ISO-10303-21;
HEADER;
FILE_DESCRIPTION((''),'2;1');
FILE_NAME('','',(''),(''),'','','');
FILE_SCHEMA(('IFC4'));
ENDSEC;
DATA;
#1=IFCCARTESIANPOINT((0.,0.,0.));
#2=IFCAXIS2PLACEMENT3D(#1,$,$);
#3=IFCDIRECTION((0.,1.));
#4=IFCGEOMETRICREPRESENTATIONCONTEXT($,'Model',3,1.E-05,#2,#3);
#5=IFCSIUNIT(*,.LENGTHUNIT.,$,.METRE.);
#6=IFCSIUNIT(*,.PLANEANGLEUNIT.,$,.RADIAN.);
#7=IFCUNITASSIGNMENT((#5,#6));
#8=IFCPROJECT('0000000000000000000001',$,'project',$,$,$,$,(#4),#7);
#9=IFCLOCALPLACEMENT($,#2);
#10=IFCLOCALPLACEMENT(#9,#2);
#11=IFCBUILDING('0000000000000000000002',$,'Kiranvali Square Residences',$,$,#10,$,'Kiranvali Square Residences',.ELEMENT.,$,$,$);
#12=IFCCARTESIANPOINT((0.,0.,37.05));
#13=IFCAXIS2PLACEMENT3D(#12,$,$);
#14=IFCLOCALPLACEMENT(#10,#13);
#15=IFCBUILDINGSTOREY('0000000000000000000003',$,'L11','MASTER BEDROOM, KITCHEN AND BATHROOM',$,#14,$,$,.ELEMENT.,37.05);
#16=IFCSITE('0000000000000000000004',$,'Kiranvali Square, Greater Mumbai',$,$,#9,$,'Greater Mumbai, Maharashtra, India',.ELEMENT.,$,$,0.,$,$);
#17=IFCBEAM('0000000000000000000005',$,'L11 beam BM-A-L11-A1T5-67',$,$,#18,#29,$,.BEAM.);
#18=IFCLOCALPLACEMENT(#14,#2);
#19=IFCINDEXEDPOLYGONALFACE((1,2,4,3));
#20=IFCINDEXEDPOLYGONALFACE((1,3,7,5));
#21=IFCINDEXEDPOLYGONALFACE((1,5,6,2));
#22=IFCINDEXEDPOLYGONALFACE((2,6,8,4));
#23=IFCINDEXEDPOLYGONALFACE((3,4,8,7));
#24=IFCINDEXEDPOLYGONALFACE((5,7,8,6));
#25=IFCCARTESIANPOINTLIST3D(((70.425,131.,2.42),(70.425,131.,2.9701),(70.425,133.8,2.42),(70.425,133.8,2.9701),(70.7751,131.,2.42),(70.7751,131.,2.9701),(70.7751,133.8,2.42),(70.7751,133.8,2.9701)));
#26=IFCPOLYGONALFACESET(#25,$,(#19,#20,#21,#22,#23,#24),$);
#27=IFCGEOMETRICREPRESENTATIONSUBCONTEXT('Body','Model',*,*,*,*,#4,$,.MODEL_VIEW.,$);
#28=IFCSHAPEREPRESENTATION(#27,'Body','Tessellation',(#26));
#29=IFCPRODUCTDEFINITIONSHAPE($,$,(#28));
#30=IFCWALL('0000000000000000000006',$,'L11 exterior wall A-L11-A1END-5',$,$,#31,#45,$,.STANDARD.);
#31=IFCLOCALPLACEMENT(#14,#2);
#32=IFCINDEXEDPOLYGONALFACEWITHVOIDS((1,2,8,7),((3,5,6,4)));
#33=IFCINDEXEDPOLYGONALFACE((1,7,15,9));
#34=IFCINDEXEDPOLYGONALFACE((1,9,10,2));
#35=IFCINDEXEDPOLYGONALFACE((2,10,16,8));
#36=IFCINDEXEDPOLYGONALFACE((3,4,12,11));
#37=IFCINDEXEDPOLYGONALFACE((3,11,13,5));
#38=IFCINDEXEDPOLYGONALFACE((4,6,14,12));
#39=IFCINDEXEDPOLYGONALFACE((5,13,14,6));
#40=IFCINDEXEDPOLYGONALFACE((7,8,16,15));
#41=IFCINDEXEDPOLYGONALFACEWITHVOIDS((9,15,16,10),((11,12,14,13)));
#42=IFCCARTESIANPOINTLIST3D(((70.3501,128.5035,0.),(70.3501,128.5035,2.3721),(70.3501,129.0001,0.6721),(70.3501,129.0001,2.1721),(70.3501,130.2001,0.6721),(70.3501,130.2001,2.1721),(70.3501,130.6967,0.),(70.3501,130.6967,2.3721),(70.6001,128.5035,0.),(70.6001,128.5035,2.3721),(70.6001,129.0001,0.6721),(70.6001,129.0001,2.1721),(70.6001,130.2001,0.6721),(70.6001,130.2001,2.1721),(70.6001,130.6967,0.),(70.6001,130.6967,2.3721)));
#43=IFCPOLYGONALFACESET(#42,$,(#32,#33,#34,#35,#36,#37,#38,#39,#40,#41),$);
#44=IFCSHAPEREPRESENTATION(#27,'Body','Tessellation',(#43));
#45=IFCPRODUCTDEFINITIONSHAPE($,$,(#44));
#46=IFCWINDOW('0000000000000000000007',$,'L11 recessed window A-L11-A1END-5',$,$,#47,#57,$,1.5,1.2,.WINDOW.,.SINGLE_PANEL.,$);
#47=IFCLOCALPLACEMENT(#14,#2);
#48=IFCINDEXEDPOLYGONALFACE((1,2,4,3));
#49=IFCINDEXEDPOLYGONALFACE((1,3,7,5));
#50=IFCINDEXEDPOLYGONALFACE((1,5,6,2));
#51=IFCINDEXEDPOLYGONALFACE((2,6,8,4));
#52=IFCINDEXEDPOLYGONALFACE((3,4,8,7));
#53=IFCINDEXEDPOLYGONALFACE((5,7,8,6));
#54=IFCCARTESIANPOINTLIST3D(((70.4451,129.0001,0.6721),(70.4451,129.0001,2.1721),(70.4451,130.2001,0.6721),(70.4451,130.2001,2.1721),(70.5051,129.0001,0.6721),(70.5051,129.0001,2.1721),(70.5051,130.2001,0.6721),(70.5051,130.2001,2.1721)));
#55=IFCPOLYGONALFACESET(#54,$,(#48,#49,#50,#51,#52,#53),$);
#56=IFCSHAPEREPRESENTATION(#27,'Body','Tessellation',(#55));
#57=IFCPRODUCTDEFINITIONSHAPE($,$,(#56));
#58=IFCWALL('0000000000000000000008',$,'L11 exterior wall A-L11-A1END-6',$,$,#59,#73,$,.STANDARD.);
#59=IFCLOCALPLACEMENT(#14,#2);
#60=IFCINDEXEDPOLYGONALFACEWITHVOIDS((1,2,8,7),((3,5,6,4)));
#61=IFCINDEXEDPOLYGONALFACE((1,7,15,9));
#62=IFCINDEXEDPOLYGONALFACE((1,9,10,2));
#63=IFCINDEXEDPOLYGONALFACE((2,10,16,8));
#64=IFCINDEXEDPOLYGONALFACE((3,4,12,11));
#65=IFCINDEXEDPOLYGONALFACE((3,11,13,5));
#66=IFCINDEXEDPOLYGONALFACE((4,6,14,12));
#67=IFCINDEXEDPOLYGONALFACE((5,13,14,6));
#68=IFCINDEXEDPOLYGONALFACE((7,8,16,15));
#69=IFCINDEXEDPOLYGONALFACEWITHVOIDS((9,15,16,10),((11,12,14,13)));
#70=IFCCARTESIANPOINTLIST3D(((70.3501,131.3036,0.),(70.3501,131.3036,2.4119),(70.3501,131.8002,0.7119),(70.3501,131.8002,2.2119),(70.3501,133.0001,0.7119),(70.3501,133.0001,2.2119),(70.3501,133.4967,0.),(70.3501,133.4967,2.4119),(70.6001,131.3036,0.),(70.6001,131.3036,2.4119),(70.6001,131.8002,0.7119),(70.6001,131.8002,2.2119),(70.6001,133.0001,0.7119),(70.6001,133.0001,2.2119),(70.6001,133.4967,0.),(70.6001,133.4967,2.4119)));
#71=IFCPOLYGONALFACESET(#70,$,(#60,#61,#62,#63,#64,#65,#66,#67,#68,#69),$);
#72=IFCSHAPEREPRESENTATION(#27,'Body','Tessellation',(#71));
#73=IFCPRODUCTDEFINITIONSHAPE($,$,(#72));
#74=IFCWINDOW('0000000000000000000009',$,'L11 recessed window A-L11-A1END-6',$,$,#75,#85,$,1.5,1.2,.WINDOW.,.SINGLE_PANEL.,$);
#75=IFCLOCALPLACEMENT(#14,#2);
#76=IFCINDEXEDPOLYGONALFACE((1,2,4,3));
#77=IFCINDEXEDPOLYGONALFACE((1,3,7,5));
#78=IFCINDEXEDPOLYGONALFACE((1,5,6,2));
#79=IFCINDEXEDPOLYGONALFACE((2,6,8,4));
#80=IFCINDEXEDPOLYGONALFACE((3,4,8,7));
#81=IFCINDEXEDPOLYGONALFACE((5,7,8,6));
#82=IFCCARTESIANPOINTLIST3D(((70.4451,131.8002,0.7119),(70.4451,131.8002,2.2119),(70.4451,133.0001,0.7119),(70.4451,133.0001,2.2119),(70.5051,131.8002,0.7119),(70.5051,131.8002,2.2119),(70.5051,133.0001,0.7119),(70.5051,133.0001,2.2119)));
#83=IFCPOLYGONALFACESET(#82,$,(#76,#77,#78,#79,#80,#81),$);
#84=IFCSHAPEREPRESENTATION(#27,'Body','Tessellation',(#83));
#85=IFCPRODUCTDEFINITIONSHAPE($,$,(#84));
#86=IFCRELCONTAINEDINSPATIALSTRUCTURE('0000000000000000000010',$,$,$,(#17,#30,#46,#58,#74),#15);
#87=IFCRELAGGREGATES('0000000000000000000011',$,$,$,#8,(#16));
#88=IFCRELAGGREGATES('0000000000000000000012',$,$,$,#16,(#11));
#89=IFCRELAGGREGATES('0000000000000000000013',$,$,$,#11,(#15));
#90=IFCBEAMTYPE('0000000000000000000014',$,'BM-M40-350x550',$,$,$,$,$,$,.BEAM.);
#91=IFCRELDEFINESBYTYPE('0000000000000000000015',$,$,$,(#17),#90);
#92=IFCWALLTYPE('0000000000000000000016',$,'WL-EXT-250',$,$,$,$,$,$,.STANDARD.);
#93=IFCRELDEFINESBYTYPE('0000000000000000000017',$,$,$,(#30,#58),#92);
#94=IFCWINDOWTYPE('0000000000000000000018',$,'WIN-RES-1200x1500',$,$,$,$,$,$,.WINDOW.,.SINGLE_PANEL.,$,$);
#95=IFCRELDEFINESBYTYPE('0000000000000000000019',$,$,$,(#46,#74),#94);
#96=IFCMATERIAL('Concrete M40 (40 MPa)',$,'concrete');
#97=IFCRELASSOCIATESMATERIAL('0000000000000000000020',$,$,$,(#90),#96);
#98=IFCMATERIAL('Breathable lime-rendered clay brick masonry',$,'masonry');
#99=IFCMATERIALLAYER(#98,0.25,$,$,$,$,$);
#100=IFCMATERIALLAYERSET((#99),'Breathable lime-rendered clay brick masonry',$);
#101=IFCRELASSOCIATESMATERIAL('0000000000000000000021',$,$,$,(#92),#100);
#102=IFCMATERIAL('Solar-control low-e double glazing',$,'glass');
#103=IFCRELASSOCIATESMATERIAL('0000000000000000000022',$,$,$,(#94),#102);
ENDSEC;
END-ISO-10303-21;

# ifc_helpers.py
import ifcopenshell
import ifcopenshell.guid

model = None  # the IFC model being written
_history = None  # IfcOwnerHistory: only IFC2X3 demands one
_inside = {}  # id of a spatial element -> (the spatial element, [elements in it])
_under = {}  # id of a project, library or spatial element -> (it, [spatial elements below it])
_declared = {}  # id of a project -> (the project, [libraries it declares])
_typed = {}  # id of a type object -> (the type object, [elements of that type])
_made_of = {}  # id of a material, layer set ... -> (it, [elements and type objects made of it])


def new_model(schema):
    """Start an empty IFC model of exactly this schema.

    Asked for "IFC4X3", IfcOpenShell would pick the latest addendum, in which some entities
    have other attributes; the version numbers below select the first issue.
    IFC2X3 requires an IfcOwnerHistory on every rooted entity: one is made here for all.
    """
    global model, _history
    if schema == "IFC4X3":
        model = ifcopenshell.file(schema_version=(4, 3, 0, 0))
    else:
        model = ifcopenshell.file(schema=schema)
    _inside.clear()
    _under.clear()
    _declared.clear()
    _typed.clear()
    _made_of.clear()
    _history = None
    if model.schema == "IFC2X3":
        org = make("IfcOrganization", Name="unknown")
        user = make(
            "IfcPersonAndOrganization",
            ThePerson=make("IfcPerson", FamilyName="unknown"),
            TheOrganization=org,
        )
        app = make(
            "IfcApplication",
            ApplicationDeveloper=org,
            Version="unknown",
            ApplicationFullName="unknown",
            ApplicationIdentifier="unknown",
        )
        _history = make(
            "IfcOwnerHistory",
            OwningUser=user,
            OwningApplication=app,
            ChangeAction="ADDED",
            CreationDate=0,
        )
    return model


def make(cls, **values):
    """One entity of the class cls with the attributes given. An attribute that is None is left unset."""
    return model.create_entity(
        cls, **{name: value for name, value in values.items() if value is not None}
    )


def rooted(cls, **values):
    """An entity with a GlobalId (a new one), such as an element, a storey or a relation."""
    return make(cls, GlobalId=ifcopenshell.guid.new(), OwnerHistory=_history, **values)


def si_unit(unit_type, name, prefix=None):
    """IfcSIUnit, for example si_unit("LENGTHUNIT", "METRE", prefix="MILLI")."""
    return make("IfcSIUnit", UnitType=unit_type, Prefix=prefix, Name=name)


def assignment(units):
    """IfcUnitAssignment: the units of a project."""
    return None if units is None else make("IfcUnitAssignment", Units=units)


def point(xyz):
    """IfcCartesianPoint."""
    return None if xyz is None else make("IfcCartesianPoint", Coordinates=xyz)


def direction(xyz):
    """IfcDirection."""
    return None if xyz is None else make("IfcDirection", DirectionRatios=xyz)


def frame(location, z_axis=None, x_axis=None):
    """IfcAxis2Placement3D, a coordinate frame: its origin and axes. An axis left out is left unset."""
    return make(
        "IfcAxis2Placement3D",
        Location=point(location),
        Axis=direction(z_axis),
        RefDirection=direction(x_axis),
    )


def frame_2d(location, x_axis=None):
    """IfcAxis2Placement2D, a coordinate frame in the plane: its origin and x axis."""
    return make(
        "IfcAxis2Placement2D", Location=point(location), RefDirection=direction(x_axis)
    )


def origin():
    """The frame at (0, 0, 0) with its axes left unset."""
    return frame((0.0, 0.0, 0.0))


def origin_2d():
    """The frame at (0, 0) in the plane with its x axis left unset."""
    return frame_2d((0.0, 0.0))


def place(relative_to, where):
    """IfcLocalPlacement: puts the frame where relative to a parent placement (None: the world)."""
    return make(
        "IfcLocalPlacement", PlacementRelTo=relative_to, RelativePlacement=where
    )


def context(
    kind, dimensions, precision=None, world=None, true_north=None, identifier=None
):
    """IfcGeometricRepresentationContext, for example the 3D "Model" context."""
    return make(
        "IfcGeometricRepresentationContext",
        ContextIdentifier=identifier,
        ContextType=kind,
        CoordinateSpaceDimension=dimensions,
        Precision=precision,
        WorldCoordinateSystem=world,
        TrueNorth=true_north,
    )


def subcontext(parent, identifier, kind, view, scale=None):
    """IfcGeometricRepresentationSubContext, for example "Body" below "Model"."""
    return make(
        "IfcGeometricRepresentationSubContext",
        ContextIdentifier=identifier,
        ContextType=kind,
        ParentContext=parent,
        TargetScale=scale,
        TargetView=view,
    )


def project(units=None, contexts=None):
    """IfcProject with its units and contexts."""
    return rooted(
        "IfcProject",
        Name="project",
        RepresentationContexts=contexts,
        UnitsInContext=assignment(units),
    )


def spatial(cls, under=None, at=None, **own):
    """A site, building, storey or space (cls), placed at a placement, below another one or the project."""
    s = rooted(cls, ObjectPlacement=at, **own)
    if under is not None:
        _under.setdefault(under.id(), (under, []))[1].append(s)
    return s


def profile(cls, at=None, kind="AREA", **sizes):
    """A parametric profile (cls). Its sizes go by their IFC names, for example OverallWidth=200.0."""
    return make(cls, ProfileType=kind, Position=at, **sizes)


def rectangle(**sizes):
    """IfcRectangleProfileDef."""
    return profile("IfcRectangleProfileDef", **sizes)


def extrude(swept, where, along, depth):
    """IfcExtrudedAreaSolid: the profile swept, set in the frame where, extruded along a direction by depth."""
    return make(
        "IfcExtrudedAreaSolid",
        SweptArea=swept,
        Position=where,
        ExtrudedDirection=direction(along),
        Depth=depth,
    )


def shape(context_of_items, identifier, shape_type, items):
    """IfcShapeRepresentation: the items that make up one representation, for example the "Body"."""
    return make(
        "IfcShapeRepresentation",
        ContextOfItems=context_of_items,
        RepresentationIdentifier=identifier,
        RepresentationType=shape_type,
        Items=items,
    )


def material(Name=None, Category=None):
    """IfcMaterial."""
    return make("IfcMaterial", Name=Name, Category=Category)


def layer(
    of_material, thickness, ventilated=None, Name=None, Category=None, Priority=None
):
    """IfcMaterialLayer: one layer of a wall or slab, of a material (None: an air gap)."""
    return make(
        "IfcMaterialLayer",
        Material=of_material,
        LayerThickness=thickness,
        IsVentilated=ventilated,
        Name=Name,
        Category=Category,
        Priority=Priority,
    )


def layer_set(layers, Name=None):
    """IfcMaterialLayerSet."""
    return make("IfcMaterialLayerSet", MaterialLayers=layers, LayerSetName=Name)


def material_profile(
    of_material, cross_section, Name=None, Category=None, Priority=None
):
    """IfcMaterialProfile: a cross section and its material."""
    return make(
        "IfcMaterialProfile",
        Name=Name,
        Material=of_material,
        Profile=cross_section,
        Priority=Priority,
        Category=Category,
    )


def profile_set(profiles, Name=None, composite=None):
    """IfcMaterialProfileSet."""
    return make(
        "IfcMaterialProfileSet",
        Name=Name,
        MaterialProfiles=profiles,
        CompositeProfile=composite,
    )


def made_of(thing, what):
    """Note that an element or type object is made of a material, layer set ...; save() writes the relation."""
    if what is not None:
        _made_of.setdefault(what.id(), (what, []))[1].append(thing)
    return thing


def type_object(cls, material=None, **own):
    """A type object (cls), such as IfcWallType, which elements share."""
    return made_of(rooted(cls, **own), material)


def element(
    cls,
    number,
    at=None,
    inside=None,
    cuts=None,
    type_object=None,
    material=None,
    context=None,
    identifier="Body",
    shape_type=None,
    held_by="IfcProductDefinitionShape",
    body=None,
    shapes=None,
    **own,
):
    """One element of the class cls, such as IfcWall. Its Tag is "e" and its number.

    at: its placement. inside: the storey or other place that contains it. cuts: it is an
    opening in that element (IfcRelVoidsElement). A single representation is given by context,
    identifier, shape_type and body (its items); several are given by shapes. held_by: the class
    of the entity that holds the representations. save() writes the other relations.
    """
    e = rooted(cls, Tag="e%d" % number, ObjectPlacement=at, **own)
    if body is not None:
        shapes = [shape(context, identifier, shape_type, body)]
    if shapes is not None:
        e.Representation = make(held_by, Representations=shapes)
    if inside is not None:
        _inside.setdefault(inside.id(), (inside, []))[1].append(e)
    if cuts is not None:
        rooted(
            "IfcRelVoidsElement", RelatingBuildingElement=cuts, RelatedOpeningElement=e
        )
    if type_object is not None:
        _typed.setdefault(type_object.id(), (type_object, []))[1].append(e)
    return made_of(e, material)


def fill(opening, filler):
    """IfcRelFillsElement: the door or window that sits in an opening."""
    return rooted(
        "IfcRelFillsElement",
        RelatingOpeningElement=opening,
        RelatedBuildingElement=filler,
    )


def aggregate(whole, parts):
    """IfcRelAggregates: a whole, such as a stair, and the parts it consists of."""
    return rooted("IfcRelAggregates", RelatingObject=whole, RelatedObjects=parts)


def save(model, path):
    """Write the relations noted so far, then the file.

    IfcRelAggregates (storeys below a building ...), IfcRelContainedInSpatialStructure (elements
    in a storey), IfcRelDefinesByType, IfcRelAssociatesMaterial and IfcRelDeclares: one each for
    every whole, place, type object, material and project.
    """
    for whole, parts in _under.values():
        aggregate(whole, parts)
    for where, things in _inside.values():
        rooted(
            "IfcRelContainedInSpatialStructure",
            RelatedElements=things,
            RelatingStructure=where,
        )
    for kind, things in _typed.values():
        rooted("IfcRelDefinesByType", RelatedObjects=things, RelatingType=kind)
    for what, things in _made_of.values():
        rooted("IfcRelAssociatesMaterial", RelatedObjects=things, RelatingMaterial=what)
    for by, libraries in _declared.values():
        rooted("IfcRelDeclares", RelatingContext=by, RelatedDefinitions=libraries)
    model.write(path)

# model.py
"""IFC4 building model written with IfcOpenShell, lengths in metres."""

from ifc_helpers import new_model, si_unit, direction, frame, frame_2d, origin, origin_2d, place, context, subcontext, project, spatial, rectangle, extrude, material, layer, layer_set, material_profile, profile_set, type_object, element, fill, save


model = new_model("IFC4")

# Units and contexts
model_context = context("Model", 3, precision=1e-05, world=origin(), true_north=direction((0.0, 1.0)))
body_context = subcontext(model_context, "Body", "Model", "MODEL_VIEW")
ifc_project = project(units=[si_unit("LENGTHUNIT", "METRE"), si_unit("PLANEANGLEUNIT", "RADIAN")], contexts=[model_context])

# Site, building, storey
site_placement = place(None, origin())
site = spatial("IfcSite", under=ifc_project, at=site_placement, Name="Kiranvali Square, Greater Mumbai", LongName="Greater Mumbai, Maharashtra, India", CompositionType="ELEMENT", RefElevation=0.0)
building_placement = place(site_placement, origin())
building = spatial("IfcBuilding", under=site, at=building_placement, Name="Kiranvali Square Residences", LongName="Kiranvali Square Residences", CompositionType="ELEMENT")
storey_placement = place(building_placement, frame((0.0, 0.0, 37.05)))
storey = spatial("IfcBuildingStorey", under=building, at=storey_placement, Name="L11", Description="MASTER BEDROOM, KITCHEN AND BATHROOM", CompositionType="ELEMENT", Elevation=37.05)

# Shared definitions
ifc_material_1 = material(Name="Concrete M40 (40 MPa)", Category="concrete")

# Beam
ifc_material_profile_1 = material_profile(ifc_material_1, rectangle(XDim=0.3501, YDim=0.55, at=origin_2d()), Name="RC 350x550")
ifc_profile_set_1 = profile_set([ifc_material_profile_1], Name="Concrete M40 (40 MPa)")
beam_type = type_object("IfcBeamType", Name="BM-M40-350x550", PredefinedType="BEAM", material=ifc_profile_set_1)
for number, where, z_axis, x_axis, name in (
    (1, (70.6001, 131.0, 2.6951), (0.0, 1.0, 0.0), (-1.0, 0.0, 0.0), "L11 beam BM-A-L11-A1T5-67"),
):
    element("IfcBeam", number, at=place(storey_placement, frame(where, z_axis=z_axis, x_axis=x_axis)), inside=storey, type_object=beam_type, Name=name, PredefinedType="BEAM", context=body_context, shape_type="SweptSolid", body=[
        extrude(rectangle(XDim=0.3501, YDim=0.55, at=origin_2d()), origin(), (0.0, 0.0, 1.0), 2.8),
    ])

# Walls, openings, windows
ifc_material_2 = material(Name="Breathable lime-rendered clay brick masonry", Category="masonry")
ifc_layer = layer(ifc_material_2, 0.25)
ifc_layer_set = layer_set([ifc_layer], Name="Breathable lime-rendered clay brick masonry")
wall_type = type_object("IfcWallType", Name="WL-EXT-250", PredefinedType="STANDARD", material=ifc_layer_set)
wall_1_placement = place(storey_placement, frame((70.4751, 128.5034, 0.0), z_axis=(0.0, 0.0, 1.0), x_axis=(0.0, 1.0, 0.0)))
wall_1 = element("IfcWall", 2, at=wall_1_placement, inside=storey, type_object=wall_type, Name="L11 exterior wall A-L11-A1END-5", PredefinedType="STANDARD", context=body_context, shape_type="SweptSolid", body=[
    extrude(rectangle(XDim=2.1931, YDim=0.25, at=frame_2d((1.0967, 0.0))), origin(), (0.0, 0.0, 1.0), 2.3721),
])
opening_1_placement = place(wall_1_placement, frame((0.4966, 0.0, 0.6721)))
opening_1 = element("IfcOpeningElement", 3, at=opening_1_placement, cuts=wall_1, PredefinedType="OPENING", context=body_context, shape_type="SweptSolid", body=[
    extrude(rectangle(XDim=1.2, YDim=1.5, at=frame_2d((0.6001, 0.75))), frame((0.0, 0.135, 0.0), z_axis=(0.0, -1.0, 0.0), x_axis=(1.0, 0.0, 0.0)), (0.0, 0.0, 1.0), 0.27),
])
ifc_material_3 = material(Name="Solar-control low-e double glazing", Category="glass")
window_type = type_object("IfcWindowType", Name="WIN-RES-1200x1500", PartitioningType="SINGLE_PANEL", PredefinedType="WINDOW", material=ifc_material_3)
window_1_placement = place(opening_1_placement, origin())
window_1 = element("IfcWindow", 4, at=window_1_placement, inside=storey, type_object=window_type, Name="L11 recessed window A-L11-A1END-5", OverallHeight=1.5, OverallWidth=1.2, PartitioningType="SINGLE_PANEL", PredefinedType="WINDOW", context=body_context, shape_type="SweptSolid", body=[
    extrude(rectangle(XDim=1.2, YDim=1.5, at=frame_2d((0.6001, 0.75))), frame((0.0, 0.03, 0.0), z_axis=(0.0, -1.0, 0.0), x_axis=(1.0, 0.0, 0.0)), (0.0, 0.0, 1.0), 0.0601),
])
fill(opening_1, window_1)
wall_2_placement = place(storey_placement, frame((70.4751, 131.3035, 0.0), z_axis=(0.0, 0.0, 1.0), x_axis=(0.0, 1.0, 0.0)))
wall_2 = element("IfcWall", 5, at=wall_2_placement, inside=storey, type_object=wall_type, Name="L11 exterior wall A-L11-A1END-6", PredefinedType="STANDARD", context=body_context, shape_type="SweptSolid", body=[
    extrude(rectangle(XDim=2.1931, YDim=0.25, at=frame_2d((1.0967, 0.0))), origin(), (0.0, 0.0, 1.0), 2.4119),
])
opening_2_placement = place(wall_2_placement, frame((0.4966, 0.0, 0.7119)))
opening_2 = element("IfcOpeningElement", 6, at=opening_2_placement, cuts=wall_2, PredefinedType="OPENING", context=body_context, shape_type="SweptSolid", body=[
    extrude(rectangle(XDim=1.2, YDim=1.5, at=frame_2d((0.6001, 0.75))), frame((0.0, 0.135, 0.0), z_axis=(0.0, -1.0, 0.0), x_axis=(1.0, 0.0, 0.0)), (0.0, 0.0, 1.0), 0.27),
])
window_2_placement = place(opening_2_placement, origin())
window_2 = element("IfcWindow", 7, at=window_2_placement, inside=storey, type_object=window_type, Name="L11 recessed window A-L11-A1END-6", OverallHeight=1.5, OverallWidth=1.2, PartitioningType="SINGLE_PANEL", PredefinedType="WINDOW", context=body_context, shape_type="SweptSolid", body=[
    extrude(rectangle(XDim=1.2, YDim=1.5, at=frame_2d((0.6001, 0.75))), frame((0.0, 0.03, 0.0), z_axis=(0.0, -1.0, 0.0), x_axis=(1.0, 0.0, 0.0)), (0.0, 0.0, 1.0), 0.0601),
])
fill(opening_2, window_2)

save(model, "model.ifc")
